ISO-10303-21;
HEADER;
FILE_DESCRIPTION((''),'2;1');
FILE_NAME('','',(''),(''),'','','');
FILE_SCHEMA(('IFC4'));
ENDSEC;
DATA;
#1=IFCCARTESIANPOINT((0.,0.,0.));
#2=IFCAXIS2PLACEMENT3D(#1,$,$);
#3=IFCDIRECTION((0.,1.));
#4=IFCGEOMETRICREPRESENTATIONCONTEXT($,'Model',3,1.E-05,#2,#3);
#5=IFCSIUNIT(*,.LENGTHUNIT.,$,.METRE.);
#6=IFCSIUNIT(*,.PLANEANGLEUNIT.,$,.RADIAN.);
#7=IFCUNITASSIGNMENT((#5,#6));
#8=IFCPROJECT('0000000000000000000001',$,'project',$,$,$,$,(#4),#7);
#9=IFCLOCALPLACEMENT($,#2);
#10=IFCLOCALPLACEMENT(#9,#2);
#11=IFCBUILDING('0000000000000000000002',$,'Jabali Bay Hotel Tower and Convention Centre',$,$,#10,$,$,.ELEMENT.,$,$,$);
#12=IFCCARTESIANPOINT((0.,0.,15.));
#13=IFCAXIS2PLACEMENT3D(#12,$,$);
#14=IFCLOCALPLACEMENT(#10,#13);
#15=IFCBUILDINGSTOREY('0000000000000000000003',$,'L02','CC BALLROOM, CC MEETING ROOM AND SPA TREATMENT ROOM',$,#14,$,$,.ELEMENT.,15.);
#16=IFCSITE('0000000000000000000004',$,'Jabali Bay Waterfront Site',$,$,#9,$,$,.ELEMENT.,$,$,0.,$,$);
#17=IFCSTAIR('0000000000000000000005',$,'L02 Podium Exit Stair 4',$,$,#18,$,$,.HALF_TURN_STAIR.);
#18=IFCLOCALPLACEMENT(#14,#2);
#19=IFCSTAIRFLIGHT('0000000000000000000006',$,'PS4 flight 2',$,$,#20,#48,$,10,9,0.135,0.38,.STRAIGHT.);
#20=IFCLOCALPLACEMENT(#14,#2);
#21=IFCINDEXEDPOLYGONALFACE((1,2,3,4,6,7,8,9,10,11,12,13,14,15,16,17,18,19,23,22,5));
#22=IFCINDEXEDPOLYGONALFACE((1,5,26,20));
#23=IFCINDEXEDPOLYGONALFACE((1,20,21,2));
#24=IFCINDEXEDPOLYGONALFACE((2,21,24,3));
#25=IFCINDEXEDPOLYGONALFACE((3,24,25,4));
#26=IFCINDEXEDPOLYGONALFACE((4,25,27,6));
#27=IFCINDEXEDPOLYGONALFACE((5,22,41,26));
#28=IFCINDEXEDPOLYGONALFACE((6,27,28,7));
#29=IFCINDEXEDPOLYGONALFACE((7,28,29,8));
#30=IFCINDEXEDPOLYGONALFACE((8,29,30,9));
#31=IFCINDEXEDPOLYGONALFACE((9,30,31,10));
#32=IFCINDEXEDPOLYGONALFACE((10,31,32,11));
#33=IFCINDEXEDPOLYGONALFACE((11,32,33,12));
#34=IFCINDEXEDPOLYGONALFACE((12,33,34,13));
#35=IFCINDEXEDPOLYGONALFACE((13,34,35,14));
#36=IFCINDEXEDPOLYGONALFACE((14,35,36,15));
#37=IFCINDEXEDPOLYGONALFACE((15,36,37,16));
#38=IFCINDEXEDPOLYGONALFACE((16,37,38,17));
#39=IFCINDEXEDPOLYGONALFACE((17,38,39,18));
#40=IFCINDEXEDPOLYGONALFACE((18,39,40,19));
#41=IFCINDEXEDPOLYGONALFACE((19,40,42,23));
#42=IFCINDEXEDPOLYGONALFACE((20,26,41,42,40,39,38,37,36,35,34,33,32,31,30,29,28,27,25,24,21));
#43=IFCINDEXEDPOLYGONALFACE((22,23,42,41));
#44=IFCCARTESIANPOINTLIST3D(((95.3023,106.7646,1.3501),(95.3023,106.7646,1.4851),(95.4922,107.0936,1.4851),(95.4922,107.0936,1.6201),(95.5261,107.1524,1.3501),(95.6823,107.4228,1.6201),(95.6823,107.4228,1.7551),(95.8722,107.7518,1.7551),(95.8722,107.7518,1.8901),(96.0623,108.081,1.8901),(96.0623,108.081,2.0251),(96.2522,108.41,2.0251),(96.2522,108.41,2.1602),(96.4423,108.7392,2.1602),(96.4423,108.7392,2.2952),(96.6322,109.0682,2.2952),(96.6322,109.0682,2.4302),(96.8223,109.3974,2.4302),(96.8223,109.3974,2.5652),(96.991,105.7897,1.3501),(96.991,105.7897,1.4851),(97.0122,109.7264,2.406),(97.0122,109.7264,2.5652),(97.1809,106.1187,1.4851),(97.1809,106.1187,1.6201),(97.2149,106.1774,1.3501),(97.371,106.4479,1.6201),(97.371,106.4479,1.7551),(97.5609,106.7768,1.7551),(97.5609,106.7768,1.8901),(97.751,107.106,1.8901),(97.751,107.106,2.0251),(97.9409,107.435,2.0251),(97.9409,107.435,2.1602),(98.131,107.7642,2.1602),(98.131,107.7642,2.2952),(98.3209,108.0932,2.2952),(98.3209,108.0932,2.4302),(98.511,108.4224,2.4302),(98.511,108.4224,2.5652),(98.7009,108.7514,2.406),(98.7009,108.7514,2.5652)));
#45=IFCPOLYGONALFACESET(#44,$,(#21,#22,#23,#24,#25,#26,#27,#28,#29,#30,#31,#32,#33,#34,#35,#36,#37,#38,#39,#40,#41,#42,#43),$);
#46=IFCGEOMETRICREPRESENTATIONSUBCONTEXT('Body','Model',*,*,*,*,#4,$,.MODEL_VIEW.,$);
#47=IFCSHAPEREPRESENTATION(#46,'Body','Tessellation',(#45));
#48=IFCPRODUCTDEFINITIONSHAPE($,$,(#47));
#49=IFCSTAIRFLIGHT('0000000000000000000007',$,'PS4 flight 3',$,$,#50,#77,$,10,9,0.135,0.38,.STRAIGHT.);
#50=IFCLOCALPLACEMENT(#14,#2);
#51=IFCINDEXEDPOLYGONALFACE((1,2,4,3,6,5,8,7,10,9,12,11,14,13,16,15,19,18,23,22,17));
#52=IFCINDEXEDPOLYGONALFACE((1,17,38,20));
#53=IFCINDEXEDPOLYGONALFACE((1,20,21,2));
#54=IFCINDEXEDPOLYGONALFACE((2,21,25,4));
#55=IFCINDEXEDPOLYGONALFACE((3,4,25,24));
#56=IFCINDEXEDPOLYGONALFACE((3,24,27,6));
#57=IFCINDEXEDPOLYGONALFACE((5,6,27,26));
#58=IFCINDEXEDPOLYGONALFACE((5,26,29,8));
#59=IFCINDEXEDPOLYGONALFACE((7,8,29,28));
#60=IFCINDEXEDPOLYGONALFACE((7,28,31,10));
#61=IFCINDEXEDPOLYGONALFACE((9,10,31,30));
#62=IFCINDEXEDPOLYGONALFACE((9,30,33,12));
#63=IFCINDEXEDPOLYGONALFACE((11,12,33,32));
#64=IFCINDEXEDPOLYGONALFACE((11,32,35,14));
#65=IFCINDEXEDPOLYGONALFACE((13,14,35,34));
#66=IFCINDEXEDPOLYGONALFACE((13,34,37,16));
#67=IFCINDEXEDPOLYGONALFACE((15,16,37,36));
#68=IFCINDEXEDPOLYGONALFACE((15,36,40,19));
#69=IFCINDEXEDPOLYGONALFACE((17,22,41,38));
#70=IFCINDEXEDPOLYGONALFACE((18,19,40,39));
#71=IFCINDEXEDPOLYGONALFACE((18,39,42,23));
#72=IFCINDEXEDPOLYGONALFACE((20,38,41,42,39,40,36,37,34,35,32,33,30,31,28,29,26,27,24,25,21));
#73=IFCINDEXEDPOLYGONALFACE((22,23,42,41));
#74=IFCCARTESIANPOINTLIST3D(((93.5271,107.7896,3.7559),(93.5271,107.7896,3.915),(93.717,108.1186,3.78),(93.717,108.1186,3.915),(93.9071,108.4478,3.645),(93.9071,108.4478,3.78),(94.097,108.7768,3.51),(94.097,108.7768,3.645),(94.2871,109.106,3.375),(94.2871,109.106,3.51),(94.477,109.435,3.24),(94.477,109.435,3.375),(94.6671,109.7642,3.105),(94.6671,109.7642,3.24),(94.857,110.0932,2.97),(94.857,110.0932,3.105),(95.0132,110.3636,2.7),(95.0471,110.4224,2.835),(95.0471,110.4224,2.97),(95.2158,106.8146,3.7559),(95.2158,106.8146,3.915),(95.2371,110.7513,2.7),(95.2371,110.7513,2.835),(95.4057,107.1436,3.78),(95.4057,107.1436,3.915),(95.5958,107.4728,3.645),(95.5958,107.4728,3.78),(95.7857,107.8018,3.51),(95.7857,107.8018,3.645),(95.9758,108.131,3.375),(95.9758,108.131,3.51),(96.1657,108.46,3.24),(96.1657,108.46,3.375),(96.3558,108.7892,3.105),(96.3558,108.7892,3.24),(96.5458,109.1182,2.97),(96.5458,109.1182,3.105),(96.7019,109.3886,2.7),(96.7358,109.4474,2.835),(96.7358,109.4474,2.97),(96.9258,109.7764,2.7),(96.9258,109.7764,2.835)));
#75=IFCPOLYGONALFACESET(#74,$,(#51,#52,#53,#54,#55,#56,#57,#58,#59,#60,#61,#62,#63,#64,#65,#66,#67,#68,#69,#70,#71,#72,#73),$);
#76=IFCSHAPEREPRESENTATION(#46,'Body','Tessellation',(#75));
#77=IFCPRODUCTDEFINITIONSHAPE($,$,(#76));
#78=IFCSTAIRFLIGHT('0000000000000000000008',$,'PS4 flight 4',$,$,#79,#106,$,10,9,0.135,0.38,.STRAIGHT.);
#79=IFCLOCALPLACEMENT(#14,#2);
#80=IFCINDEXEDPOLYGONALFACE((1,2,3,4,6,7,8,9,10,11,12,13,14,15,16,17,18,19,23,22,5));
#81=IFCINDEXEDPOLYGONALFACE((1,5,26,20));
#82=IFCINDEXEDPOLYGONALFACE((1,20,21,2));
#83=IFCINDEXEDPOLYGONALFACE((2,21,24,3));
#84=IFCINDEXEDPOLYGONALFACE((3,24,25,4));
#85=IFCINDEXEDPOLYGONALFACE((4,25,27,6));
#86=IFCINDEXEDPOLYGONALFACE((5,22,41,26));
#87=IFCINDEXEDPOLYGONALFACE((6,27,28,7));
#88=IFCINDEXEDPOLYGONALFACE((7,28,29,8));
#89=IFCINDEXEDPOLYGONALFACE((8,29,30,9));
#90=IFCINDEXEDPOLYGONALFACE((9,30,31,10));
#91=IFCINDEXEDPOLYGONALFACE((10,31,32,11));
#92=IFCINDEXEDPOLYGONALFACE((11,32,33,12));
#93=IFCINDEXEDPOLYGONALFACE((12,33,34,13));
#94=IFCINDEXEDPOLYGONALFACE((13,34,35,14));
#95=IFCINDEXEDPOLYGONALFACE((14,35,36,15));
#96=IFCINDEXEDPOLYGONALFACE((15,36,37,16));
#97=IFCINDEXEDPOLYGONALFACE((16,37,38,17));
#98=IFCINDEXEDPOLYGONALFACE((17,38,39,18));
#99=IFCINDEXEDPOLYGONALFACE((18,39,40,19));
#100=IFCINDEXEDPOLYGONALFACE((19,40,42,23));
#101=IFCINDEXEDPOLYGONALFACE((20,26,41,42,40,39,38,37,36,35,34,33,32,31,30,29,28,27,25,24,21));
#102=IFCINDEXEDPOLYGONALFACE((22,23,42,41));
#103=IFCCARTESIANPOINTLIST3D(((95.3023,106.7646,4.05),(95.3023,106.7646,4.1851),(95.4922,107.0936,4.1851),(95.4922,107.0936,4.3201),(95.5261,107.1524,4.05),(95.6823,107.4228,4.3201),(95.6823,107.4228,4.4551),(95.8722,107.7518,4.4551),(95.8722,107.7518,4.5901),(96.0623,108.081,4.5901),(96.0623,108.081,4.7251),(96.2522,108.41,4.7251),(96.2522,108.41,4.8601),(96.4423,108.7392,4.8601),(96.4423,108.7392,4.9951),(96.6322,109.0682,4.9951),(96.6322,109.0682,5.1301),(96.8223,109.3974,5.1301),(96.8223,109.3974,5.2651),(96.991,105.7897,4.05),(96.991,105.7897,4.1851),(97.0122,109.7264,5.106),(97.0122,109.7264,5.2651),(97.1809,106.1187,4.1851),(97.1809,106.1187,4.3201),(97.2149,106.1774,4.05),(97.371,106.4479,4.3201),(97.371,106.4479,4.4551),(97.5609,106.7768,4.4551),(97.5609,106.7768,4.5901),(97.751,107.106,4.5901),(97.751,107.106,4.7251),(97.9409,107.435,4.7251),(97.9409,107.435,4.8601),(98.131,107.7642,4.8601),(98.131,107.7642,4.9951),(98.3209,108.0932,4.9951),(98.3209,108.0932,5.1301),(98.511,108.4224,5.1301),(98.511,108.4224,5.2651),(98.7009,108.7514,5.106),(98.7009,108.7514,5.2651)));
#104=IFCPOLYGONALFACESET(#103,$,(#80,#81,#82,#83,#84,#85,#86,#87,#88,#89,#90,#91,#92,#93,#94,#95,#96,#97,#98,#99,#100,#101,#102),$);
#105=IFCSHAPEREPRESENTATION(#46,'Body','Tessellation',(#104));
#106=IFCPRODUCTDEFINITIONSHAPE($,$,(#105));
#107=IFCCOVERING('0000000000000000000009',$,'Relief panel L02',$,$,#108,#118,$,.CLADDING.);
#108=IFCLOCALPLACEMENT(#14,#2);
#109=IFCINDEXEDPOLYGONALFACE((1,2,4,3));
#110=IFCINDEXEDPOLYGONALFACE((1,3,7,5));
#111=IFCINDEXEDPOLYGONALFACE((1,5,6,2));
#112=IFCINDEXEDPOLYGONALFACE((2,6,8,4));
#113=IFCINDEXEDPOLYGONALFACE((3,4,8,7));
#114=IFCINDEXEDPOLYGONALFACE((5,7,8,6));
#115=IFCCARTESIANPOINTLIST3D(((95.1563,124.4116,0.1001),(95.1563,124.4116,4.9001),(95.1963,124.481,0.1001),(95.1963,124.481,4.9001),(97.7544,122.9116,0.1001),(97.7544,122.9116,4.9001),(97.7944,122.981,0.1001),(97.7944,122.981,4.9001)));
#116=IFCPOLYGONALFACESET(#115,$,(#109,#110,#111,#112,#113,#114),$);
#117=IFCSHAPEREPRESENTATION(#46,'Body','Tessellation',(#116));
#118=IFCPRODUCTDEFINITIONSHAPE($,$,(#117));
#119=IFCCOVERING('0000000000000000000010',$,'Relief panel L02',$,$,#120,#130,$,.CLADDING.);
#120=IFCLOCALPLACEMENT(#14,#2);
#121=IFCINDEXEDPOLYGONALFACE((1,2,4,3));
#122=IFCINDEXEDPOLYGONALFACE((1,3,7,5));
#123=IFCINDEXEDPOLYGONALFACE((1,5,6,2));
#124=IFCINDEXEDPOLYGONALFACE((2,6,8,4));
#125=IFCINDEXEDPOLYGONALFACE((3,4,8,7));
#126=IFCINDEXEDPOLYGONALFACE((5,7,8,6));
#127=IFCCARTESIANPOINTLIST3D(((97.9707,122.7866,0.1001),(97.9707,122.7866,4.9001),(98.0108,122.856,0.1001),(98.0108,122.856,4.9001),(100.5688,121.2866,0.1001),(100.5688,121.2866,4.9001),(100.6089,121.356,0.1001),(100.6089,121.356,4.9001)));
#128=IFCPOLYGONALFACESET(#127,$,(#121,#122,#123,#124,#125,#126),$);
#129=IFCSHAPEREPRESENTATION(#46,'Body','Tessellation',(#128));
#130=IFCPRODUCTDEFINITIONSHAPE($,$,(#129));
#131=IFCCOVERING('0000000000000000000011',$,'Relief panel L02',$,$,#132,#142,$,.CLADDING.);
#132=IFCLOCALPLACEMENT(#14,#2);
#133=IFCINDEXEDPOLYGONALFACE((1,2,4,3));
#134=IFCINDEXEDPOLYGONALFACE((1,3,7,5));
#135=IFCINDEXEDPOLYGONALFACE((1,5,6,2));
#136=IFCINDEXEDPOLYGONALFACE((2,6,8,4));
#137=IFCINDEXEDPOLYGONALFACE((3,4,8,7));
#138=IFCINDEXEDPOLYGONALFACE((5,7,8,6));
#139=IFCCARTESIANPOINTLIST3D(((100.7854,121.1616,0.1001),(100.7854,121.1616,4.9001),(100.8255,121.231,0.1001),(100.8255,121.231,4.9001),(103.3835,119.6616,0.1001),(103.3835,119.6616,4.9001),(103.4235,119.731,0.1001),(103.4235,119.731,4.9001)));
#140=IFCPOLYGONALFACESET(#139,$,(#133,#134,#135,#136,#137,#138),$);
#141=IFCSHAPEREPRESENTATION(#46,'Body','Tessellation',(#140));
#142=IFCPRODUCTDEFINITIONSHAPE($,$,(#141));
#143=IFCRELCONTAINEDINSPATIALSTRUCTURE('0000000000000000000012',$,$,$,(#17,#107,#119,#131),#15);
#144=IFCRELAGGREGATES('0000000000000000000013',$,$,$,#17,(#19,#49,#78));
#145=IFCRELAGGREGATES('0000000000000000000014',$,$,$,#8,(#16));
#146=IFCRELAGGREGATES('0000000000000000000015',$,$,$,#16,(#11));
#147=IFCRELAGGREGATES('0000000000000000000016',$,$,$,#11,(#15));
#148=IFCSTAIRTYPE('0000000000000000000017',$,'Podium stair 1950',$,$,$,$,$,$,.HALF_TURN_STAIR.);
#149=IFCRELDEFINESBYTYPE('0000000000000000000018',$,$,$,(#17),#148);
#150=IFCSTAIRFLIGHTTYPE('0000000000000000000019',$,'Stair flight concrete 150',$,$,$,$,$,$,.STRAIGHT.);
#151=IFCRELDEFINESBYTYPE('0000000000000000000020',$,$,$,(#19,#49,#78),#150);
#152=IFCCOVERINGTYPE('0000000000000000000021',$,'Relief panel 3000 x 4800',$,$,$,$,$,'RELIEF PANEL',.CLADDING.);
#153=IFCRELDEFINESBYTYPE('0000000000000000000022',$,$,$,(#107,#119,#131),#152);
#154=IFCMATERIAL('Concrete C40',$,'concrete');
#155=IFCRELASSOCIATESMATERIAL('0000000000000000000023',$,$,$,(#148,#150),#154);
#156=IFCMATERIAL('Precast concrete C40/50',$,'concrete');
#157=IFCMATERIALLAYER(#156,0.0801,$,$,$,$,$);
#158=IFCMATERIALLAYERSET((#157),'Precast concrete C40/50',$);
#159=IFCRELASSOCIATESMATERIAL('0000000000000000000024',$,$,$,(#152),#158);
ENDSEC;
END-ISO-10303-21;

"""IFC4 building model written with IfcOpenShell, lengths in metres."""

from ifc_helpers import new_model, si_unit, direction, frame, origin, origin_2d, place, context, subcontext, project, spatial, polyline, rectangle, outline, extrude, material, layer, layer_set, type_object, element, aggregate, save


model = new_model("IFC4")

# Units and contexts
model_context = context("Model", 3, precision=1e-05, world=origin(), true_north=direction((0.0, 1.0)))
body_context = subcontext(model_context, "Body", "Model", "MODEL_VIEW")
ifc_project = project(units=[si_unit("LENGTHUNIT", "METRE"), si_unit("PLANEANGLEUNIT", "RADIAN")], contexts=[model_context])

# Site, building, storey
site_placement = place(None, origin())
site = spatial("IfcSite", under=ifc_project, at=site_placement, Name="Jabali Bay Waterfront Site", CompositionType="ELEMENT", RefElevation=0.0)
building_placement = place(site_placement, origin())
building = spatial("IfcBuilding", under=site, at=building_placement, Name="Jabali Bay Hotel Tower and Convention Centre", CompositionType="ELEMENT")
storey_placement = place(building_placement, frame((0.0, 0.0, 15.0)))
storey = spatial("IfcBuildingStorey", under=building, at=storey_placement, Name="L02", Description="CC BALLROOM, CC MEETING ROOM AND SPA TREATMENT ROOM", CompositionType="ELEMENT", Elevation=15.0)

# Shared definitions
ifc_material_1 = material(Name="Concrete C40", Category="concrete")

# Stair, stair flights
stair_type = type_object("IfcStairType", Name="Podium stair 1950", PredefinedType="HALF_TURN_STAIR", material=ifc_material_1)
stair_placement = place(storey_placement, origin())
stair = element("IfcStair", 1, at=stair_placement, inside=storey, type_object=stair_type, Name="L02 Podium Exit Stair 4", PredefinedType="HALF_TURN_STAIR")
stair_flight_type = type_object("IfcStairFlightType", Name="Stair flight concrete 150", PredefinedType="STRAIGHT", material=ifc_material_1)
stair_flight_1_placement = place(storey_placement, frame((96.1467, 106.2771, 1.3501), z_axis=(0.0, 0.0, 1.0), x_axis=(0.5, 0.866025, 0.0)))
stair_flight_1 = element("IfcStairFlight", 2, at=stair_flight_1_placement, type_object=stair_flight_type, Name="PS4 flight 2", NumberOfRisers=10, NumberOfTreads=9, PredefinedType="STRAIGHT", RiserHeight=0.135, TreadLength=0.38, context=body_context, shape_type="SweptSolid", body=[
    extrude(outline(polyline([(0.0, 0.0), (0.0, 0.135), (0.3799, 0.135), (0.3799, 0.27), (0.76, 0.27), (0.76, 0.405), (1.1399, 0.405), (1.1399, 0.54), (1.52, 0.54), (1.52, 0.675), (1.8999, 0.675), (1.8999, 0.8101), (2.28, 0.8101), (2.28, 0.9451), (2.6599, 0.9451), (2.6599, 1.0801), (3.04, 1.0801), (3.04, 1.2151), (3.4199, 1.2151), (3.4199, 1.3501), (3.4199, 1.0559), (0.4478, 0.0), (0.0, 0.0)])), frame((0.0, 0.9751, 0.0), z_axis=(0.0, -1.0, 0.0), x_axis=(1.0, 0.0, 0.0)), (0.0, 0.0, 1.0), 1.95),
])
stair_flight_2_placement = place(storey_placement, frame((96.0813, 110.2639, 2.7), z_axis=(0.0, 0.0, 1.0), x_axis=(-0.5, -0.866025, 0.0)))
stair_flight_2 = element("IfcStairFlight", 3, at=stair_flight_2_placement, type_object=stair_flight_type, Name="PS4 flight 3", NumberOfRisers=10, NumberOfTreads=9, PredefinedType="STRAIGHT", RiserHeight=0.135, TreadLength=0.38, context=body_context, shape_type="SweptSolid", body=[
    extrude(outline(polyline([(0.0, 0.0), (0.0, 0.135), (0.3799, 0.135), (0.3799, 0.27), (0.76, 0.27), (0.76, 0.405), (1.1399, 0.405), (1.1399, 0.54), (1.52, 0.54), (1.52, 0.675), (1.8999, 0.675), (1.8999, 0.8101), (2.28, 0.8101), (2.28, 0.9451), (2.6599, 0.9451), (2.6599, 1.0801), (3.04, 1.0801), (3.04, 1.2151), (3.4199, 1.2151), (3.4199, 1.3501), (3.4199, 1.0559), (0.4478, 0.0), (0.0, 0.0)])), frame((0.0, 0.9751, 0.0), z_axis=(0.0, -1.0, 0.0), x_axis=(1.0, 0.0, 0.0)), (0.0, 0.0, 1.0), 1.95),
])
stair_flight_3_placement = place(storey_placement, frame((96.1467, 106.2771, 4.05), z_axis=(0.0, 0.0, 1.0), x_axis=(0.5, 0.866025, 0.0)))
stair_flight_3 = element("IfcStairFlight", 4, at=stair_flight_3_placement, type_object=stair_flight_type, Name="PS4 flight 4", NumberOfRisers=10, NumberOfTreads=9, PredefinedType="STRAIGHT", RiserHeight=0.135, TreadLength=0.38, context=body_context, shape_type="SweptSolid", body=[
    extrude(outline(polyline([(0.0, 0.0), (0.0, 0.135), (0.3799, 0.135), (0.3799, 0.27), (0.76, 0.27), (0.76, 0.405), (1.1399, 0.405), (1.1399, 0.54), (1.52, 0.54), (1.52, 0.675), (1.8999, 0.675), (1.8999, 0.8101), (2.28, 0.8101), (2.28, 0.9451), (2.6599, 0.9451), (2.6599, 1.0801), (3.04, 1.0801), (3.04, 1.2151), (3.4199, 1.2151), (3.4199, 1.3501), (3.4199, 1.0559), (0.4478, 0.0), (0.0, 0.0)])), frame((0.0, 0.9751, 0.0), z_axis=(0.0, -1.0, 0.0), x_axis=(1.0, 0.0, 0.0)), (0.0, 0.0, 1.0), 1.95),
])
aggregate(stair, [stair_flight_1, stair_flight_2, stair_flight_3])

# Coverings
ifc_material_2 = material(Name="Precast concrete C40/50", Category="concrete")
ifc_layer_1 = layer(ifc_material_2, 0.0801)
ifc_layer_set_1 = layer_set([ifc_layer_1], Name="Precast concrete C40/50")
covering_type = type_object("IfcCoveringType", Name="Relief panel 3000 x 4800", ElementType="RELIEF PANEL", PredefinedType="CLADDING", material=ifc_layer_set_1)
for number, where, z_axis, x_axis, name in (
    (5, (96.4753, 123.6963, 0.1001), (0.0, 0.0, 1.0), (0.866025, -0.5, 0.0), "Relief panel L02"),
    (6, (99.2898, 122.0713, 0.1001), (0.0, 0.0, 1.0), (0.866025, -0.5, 0.0), "Relief panel L02"),
    (7, (102.1045, 120.4463, 0.1001), (0.0, 0.0, 1.0), (0.866025, -0.5, 0.0), "Relief panel L02"),
):
    element("IfcCovering", number, at=place(storey_placement, frame(where, z_axis=z_axis, x_axis=x_axis)), inside=storey, type_object=covering_type, Name=name, PredefinedType="CLADDING", context=body_context, shape_type="SweptSolid", body=[
        extrude(rectangle(XDim=3.0, YDim=0.0801, at=origin_2d()), origin(), (0.0, 0.0, 1.0), 4.8),
    ])

save(model, "model.ifc")
